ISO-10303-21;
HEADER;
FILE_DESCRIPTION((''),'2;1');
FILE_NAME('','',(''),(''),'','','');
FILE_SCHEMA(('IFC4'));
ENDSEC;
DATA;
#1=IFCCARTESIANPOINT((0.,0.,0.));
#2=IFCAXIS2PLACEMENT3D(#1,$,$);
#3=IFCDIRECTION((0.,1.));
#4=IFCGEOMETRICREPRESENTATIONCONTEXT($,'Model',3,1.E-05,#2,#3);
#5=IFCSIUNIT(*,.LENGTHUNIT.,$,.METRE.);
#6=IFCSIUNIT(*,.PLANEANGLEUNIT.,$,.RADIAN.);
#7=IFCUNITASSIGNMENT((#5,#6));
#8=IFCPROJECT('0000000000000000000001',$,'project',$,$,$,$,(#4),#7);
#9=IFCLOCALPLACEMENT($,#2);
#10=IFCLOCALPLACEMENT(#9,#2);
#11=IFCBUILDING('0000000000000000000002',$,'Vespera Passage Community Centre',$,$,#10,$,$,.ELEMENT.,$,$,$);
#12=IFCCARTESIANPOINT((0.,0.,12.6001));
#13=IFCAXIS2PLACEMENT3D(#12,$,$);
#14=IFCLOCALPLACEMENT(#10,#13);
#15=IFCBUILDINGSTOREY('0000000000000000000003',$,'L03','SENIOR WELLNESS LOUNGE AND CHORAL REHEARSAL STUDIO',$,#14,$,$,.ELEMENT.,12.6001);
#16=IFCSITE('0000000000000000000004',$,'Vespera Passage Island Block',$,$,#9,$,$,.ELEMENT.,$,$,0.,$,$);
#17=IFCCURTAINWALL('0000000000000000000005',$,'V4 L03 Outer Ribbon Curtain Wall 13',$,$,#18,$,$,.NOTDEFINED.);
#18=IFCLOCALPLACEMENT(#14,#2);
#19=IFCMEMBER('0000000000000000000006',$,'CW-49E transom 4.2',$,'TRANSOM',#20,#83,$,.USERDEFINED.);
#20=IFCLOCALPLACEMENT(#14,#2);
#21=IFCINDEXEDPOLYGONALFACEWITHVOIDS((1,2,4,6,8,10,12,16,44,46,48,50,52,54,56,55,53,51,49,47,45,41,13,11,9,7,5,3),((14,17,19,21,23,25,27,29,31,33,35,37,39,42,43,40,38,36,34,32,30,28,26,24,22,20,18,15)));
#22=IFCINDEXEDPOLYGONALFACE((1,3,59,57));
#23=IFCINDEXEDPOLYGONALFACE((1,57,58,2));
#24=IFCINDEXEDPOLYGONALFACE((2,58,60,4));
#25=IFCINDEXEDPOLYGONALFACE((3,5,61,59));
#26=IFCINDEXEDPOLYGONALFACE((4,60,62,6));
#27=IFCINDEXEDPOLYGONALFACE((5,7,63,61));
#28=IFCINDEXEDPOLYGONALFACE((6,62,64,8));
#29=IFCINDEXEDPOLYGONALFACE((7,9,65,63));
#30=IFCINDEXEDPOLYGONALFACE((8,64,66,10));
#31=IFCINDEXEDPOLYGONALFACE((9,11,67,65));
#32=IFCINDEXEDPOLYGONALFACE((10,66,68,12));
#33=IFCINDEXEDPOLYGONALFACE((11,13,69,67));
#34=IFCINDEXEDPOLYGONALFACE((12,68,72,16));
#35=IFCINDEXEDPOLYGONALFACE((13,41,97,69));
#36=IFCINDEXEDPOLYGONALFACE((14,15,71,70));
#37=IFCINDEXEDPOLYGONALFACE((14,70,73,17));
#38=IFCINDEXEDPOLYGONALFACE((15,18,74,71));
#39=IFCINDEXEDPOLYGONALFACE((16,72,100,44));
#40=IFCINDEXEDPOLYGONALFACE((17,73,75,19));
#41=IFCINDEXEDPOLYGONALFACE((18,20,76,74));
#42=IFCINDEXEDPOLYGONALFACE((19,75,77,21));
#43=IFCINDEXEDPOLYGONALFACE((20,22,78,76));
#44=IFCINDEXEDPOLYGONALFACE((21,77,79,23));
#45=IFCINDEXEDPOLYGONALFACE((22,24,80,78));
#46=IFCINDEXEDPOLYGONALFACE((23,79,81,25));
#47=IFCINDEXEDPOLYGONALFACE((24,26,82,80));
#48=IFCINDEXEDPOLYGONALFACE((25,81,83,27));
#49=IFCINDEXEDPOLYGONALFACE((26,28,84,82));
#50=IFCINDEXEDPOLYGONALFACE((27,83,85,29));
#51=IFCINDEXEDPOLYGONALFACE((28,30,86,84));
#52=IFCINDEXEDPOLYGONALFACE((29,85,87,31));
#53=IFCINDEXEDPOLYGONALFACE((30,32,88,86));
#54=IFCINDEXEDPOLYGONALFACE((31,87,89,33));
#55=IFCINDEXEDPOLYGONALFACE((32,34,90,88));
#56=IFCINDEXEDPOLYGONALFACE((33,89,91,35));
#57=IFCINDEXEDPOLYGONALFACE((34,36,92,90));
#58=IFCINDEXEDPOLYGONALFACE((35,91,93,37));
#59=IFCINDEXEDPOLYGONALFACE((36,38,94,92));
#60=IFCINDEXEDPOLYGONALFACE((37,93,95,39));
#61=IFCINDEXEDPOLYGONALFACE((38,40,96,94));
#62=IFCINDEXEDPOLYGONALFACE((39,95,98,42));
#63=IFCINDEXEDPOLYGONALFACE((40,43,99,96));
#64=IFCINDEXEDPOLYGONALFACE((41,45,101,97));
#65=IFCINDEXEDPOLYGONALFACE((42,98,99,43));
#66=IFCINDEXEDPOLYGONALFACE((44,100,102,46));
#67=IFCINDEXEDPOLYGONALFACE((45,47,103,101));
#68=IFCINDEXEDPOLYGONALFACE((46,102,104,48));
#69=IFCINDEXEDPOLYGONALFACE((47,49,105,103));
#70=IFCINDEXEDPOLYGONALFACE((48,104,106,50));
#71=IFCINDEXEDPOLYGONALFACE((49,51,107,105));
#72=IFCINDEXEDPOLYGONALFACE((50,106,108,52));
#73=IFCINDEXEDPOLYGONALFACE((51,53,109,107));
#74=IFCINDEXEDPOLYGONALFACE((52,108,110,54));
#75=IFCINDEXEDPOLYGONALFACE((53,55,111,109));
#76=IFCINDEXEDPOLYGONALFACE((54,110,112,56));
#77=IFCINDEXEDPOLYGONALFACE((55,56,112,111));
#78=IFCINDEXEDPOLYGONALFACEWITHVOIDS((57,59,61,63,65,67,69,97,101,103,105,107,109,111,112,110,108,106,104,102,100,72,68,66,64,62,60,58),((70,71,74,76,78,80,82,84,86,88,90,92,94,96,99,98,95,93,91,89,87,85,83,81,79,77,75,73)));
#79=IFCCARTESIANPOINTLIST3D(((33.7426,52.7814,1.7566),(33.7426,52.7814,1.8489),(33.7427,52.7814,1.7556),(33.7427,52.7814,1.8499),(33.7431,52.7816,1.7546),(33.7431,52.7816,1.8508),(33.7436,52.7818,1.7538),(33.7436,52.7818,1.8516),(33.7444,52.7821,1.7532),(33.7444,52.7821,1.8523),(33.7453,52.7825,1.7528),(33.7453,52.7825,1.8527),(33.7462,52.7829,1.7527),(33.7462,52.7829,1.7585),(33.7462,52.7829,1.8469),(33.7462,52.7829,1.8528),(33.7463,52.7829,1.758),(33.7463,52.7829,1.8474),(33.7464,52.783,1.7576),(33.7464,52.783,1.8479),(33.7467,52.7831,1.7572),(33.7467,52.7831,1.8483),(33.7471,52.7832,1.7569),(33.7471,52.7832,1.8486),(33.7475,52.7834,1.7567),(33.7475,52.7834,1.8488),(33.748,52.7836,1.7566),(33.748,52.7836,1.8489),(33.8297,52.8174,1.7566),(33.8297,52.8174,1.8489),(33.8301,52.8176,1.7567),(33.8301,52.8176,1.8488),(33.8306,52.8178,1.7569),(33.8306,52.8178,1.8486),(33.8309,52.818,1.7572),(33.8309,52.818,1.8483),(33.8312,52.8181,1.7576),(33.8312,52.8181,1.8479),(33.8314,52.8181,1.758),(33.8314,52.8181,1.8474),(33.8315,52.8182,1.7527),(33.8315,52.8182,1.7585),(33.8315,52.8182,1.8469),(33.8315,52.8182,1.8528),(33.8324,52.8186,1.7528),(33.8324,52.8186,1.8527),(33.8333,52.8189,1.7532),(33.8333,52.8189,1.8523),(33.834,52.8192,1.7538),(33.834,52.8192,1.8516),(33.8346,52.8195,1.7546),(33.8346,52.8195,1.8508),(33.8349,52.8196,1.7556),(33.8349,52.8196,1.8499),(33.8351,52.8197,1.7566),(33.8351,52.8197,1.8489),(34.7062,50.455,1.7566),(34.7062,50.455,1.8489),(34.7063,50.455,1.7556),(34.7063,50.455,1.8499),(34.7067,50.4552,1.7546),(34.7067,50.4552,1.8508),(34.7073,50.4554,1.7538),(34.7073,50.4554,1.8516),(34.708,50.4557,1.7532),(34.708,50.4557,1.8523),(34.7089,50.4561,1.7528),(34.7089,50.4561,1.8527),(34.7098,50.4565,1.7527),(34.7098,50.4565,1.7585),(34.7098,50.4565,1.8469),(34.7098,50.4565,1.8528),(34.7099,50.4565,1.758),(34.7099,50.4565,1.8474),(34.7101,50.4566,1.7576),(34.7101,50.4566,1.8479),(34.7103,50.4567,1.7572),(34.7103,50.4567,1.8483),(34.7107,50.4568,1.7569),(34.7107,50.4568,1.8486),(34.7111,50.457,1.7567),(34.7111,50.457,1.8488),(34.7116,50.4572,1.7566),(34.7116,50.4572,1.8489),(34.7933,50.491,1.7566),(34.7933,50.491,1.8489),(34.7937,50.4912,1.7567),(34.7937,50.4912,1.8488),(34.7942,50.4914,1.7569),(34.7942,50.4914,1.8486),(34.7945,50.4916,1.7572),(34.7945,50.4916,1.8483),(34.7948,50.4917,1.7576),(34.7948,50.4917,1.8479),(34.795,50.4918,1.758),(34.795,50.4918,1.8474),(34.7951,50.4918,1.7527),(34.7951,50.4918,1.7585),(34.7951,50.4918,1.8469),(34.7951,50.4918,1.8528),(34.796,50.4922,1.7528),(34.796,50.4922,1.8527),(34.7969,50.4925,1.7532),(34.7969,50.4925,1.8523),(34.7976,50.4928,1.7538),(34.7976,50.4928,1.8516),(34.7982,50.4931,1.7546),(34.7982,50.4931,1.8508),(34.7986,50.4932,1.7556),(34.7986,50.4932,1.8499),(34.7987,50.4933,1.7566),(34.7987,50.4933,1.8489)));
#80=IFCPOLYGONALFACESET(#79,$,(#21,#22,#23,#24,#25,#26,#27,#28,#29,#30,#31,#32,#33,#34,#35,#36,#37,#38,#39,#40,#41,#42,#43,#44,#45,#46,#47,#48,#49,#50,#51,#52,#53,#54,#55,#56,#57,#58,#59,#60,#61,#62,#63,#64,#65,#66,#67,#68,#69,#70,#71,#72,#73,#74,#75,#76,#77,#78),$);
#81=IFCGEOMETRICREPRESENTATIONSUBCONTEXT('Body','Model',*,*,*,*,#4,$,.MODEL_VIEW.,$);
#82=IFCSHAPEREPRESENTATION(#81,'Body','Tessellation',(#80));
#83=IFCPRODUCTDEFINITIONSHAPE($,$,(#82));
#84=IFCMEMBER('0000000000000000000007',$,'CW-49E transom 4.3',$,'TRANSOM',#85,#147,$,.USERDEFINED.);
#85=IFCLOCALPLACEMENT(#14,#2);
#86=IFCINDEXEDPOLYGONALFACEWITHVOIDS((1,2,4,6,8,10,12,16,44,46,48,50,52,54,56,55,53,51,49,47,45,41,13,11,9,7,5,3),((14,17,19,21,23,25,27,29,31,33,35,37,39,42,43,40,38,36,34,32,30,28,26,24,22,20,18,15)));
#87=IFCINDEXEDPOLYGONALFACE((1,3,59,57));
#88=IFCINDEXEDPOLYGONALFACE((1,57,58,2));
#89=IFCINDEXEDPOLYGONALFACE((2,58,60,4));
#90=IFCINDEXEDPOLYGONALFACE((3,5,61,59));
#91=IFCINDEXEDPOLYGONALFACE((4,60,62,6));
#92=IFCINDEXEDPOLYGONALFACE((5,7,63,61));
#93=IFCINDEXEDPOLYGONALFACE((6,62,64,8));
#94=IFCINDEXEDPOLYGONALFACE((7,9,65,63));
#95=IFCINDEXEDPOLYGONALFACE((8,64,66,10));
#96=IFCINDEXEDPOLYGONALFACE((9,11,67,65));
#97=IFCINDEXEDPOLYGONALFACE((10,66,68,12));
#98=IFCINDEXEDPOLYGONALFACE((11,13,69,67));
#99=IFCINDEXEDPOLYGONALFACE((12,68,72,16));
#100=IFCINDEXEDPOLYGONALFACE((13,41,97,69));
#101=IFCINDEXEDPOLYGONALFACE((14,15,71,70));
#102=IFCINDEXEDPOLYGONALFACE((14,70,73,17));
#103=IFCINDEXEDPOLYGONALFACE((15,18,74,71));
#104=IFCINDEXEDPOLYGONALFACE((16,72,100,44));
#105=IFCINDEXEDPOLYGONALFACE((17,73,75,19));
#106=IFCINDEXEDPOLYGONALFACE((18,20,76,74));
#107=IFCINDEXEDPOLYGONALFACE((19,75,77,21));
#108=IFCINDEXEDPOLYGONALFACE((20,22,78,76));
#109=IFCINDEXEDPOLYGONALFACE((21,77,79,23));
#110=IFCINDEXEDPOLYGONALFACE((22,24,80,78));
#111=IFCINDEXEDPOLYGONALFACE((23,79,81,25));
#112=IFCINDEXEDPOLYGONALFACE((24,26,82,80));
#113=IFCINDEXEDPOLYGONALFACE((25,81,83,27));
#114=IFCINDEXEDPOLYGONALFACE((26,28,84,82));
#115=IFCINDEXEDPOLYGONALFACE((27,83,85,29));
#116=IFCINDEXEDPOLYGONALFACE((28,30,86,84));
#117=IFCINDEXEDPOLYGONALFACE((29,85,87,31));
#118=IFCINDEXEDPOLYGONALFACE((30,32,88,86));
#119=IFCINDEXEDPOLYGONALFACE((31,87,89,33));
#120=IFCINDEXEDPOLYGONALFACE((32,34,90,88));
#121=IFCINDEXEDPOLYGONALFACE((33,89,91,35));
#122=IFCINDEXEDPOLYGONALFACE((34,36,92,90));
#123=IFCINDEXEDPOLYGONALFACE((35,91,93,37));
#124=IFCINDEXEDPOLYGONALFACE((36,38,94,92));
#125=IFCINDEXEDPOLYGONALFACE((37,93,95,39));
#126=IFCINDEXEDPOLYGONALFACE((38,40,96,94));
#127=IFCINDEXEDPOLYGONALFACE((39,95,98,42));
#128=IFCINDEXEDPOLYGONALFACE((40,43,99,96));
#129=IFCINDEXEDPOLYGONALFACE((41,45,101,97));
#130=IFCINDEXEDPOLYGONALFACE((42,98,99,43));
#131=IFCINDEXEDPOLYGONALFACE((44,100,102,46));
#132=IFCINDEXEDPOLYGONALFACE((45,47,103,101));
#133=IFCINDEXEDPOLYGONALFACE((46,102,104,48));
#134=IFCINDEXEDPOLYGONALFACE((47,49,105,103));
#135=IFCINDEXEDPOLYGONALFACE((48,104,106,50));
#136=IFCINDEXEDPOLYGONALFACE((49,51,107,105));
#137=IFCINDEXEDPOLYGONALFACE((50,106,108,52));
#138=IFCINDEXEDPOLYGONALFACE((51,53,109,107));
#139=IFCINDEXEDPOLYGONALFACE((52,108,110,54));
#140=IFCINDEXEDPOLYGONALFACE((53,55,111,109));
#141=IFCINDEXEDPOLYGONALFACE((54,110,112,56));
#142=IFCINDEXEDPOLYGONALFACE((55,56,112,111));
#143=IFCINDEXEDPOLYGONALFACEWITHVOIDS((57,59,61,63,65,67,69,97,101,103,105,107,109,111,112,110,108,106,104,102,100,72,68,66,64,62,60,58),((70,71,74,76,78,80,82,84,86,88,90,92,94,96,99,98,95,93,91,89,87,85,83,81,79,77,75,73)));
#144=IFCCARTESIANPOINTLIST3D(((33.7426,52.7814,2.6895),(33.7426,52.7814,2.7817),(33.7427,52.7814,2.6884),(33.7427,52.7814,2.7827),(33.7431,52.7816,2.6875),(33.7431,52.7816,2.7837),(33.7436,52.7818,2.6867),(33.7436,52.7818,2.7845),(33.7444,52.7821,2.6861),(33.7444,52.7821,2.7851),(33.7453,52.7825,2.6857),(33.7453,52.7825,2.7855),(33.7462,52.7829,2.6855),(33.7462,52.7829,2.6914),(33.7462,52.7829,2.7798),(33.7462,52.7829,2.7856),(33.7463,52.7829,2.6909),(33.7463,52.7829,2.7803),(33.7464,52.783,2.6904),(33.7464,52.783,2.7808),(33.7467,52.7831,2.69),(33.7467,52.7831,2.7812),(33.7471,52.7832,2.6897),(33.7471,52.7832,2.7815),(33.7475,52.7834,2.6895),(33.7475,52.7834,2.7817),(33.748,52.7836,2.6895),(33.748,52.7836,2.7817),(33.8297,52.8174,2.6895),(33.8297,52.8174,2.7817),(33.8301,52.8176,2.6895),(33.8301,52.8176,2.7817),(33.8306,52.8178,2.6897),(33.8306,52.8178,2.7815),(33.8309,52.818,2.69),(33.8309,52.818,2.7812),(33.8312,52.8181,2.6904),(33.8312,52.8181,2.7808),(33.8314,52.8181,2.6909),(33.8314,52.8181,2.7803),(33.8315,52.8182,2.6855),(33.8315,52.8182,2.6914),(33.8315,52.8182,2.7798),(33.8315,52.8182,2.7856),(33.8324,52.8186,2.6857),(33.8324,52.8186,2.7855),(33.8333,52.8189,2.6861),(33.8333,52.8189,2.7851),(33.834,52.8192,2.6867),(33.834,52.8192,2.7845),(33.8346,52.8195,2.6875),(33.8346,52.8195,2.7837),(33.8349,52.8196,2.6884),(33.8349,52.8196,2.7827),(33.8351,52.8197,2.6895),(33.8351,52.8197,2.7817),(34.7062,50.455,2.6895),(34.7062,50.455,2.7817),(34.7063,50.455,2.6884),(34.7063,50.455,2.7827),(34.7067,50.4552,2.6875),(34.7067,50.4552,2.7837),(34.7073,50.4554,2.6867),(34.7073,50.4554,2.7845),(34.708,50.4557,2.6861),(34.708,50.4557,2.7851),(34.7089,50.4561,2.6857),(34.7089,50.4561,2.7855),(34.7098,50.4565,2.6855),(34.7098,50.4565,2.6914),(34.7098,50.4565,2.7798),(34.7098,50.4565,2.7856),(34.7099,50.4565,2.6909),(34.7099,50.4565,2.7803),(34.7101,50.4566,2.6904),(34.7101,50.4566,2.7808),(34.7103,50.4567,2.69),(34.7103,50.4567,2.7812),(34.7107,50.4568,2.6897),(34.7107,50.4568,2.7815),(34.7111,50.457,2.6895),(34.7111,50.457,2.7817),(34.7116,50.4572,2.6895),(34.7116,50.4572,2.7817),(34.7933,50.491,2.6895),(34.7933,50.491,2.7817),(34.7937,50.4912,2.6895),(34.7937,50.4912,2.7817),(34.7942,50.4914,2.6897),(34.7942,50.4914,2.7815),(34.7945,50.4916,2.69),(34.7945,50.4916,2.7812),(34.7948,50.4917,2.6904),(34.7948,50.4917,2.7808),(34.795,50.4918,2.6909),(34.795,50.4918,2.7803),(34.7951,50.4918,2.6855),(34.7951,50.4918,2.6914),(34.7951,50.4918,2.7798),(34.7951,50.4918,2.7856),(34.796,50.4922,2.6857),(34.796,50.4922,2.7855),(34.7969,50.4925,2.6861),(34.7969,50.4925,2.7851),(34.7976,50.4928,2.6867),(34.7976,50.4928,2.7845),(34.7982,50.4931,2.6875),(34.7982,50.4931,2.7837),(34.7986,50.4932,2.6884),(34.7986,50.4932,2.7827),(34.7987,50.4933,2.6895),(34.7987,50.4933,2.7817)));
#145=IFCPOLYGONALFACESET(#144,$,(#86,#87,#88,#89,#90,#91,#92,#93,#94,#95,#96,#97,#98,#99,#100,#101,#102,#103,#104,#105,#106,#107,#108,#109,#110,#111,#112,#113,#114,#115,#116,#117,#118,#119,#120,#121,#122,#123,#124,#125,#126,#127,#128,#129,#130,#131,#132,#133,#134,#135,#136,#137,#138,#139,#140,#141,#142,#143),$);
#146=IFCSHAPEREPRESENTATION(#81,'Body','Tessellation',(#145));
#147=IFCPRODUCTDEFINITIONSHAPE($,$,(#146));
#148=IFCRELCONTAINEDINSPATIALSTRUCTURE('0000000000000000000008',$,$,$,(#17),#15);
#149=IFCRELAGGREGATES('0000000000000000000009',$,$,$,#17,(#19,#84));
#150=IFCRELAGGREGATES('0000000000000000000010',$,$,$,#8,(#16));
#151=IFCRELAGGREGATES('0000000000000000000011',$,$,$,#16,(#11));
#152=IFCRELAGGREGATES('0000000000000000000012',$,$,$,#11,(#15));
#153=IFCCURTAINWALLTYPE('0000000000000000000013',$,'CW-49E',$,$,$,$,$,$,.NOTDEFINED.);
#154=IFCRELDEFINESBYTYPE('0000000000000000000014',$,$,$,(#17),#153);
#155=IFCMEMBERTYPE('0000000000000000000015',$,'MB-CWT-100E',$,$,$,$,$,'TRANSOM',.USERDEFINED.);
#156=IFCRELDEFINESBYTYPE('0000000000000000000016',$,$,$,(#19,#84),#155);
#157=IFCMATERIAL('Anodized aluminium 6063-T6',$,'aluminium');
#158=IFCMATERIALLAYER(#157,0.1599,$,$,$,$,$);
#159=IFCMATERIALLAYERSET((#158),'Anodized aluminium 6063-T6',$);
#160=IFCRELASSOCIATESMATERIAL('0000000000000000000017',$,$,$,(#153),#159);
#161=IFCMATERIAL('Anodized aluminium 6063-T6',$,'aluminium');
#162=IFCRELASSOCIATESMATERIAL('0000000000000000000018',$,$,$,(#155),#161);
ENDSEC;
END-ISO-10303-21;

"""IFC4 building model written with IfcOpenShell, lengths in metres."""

from ifc_helpers import new_model, si_unit, direction, frame, origin, origin_2d, place, context, subcontext, project, spatial, hollow_rectangle, extrude, material, layer, layer_set, material_profile, profile_set, type_object, element, aggregate, save


model = new_model("IFC4")

# Units and contexts
model_context = context("Model", 3, precision=1e-05, world=origin(), true_north=direction((0.0, 1.0)))
body_context = subcontext(model_context, "Body", "Model", "MODEL_VIEW")
ifc_project = project(units=[si_unit("LENGTHUNIT", "METRE"), si_unit("PLANEANGLEUNIT", "RADIAN")], contexts=[model_context])

# Site, building, storey
site_placement = place(None, origin())
site = spatial("IfcSite", under=ifc_project, at=site_placement, Name="Vespera Passage Island Block", CompositionType="ELEMENT", RefElevation=0.0)
building_placement = place(site_placement, origin())
building = spatial("IfcBuilding", under=site, at=building_placement, Name="Vespera Passage Community Centre", CompositionType="ELEMENT")
storey_placement = place(building_placement, frame((0.0, 0.0, 12.6001)))
storey = spatial("IfcBuildingStorey", under=building, at=storey_placement, Name="L03", Description="SENIOR WELLNESS LOUNGE AND CHORAL REHEARSAL STUDIO", CompositionType="ELEMENT", Elevation=12.6001)

# Curtain wall
ifc_material_1 = material(Name="Anodized aluminium 6063-T6", Category="aluminium")
ifc_layer_1 = layer(ifc_material_1, 0.1599)
ifc_layer_set_1 = layer_set([ifc_layer_1], Name="Anodized aluminium 6063-T6")
curtain_wall_type_1 = type_object("IfcCurtainWallType", Name="CW-49E", PredefinedType="NOTDEFINED", material=ifc_layer_set_1)
curtain_wall_1_placement = place(storey_placement, origin())
curtain_wall_1 = element("IfcCurtainWall", 1, at=curtain_wall_1_placement, inside=storey, type_object=curtain_wall_type_1, Name="V4 L03 Outer Ribbon Curtain Wall 13", PredefinedType="NOTDEFINED")

# Members
ifc_material_2 = material(Name="Anodized aluminium 6063-T6", Category="aluminium")
ifc_material_profile_1 = material_profile(ifc_material_2, hollow_rectangle(XDim=0.1001, YDim=0.1001, WallThickness=0.0039, InnerFilletRadius=0.002, OuterFilletRadius=0.0039, at=origin_2d()), Name="ALU100X100X4")
ifc_profile_set_1 = profile_set([ifc_material_profile_1], Name="Anodized aluminium 6063-T6")
member_type_1 = type_object("IfcMemberType", Name="MB-CWT-100E", ElementType="TRANSOM", PredefinedType="USERDEFINED", material=ifc_profile_set_1)
member_1_placement = place(storey_placement, frame((34.7524, 50.4741, 1.8027), z_axis=(-0.38268, 0.923881, 0.0), x_axis=(-0.923881, -0.38268, 0.0)))
member_1 = element("IfcMember", 2, at=member_1_placement, type_object=member_type_1, Name="CW-49E transom 4.2", ObjectType="TRANSOM", PredefinedType="USERDEFINED", context=body_context, shape_type="SweptSolid", body=[
    extrude(hollow_rectangle(XDim=0.1001, YDim=0.1001, WallThickness=0.0039, InnerFilletRadius=0.002, OuterFilletRadius=0.0039, at=origin_2d()), origin(), (0.0, 0.0, 1.0), 2.5181),
])
member_2_placement = place(storey_placement, frame((34.7524, 50.4741, 2.7356), z_axis=(-0.38268, 0.923881, 0.0), x_axis=(-0.923881, -0.38268, 0.0)))
member_2 = element("IfcMember", 3, at=member_2_placement, type_object=member_type_1, Name="CW-49E transom 4.3", ObjectType="TRANSOM", PredefinedType="USERDEFINED", context=body_context, shape_type="SweptSolid", body=[
    extrude(hollow_rectangle(XDim=0.1001, YDim=0.1001, WallThickness=0.0039, InnerFilletRadius=0.002, OuterFilletRadius=0.0039, at=origin_2d()), origin(), (0.0, 0.0, 1.0), 2.5181),
])

aggregate(curtain_wall_1, [member_1, member_2])

save(model, "model.ifc")
